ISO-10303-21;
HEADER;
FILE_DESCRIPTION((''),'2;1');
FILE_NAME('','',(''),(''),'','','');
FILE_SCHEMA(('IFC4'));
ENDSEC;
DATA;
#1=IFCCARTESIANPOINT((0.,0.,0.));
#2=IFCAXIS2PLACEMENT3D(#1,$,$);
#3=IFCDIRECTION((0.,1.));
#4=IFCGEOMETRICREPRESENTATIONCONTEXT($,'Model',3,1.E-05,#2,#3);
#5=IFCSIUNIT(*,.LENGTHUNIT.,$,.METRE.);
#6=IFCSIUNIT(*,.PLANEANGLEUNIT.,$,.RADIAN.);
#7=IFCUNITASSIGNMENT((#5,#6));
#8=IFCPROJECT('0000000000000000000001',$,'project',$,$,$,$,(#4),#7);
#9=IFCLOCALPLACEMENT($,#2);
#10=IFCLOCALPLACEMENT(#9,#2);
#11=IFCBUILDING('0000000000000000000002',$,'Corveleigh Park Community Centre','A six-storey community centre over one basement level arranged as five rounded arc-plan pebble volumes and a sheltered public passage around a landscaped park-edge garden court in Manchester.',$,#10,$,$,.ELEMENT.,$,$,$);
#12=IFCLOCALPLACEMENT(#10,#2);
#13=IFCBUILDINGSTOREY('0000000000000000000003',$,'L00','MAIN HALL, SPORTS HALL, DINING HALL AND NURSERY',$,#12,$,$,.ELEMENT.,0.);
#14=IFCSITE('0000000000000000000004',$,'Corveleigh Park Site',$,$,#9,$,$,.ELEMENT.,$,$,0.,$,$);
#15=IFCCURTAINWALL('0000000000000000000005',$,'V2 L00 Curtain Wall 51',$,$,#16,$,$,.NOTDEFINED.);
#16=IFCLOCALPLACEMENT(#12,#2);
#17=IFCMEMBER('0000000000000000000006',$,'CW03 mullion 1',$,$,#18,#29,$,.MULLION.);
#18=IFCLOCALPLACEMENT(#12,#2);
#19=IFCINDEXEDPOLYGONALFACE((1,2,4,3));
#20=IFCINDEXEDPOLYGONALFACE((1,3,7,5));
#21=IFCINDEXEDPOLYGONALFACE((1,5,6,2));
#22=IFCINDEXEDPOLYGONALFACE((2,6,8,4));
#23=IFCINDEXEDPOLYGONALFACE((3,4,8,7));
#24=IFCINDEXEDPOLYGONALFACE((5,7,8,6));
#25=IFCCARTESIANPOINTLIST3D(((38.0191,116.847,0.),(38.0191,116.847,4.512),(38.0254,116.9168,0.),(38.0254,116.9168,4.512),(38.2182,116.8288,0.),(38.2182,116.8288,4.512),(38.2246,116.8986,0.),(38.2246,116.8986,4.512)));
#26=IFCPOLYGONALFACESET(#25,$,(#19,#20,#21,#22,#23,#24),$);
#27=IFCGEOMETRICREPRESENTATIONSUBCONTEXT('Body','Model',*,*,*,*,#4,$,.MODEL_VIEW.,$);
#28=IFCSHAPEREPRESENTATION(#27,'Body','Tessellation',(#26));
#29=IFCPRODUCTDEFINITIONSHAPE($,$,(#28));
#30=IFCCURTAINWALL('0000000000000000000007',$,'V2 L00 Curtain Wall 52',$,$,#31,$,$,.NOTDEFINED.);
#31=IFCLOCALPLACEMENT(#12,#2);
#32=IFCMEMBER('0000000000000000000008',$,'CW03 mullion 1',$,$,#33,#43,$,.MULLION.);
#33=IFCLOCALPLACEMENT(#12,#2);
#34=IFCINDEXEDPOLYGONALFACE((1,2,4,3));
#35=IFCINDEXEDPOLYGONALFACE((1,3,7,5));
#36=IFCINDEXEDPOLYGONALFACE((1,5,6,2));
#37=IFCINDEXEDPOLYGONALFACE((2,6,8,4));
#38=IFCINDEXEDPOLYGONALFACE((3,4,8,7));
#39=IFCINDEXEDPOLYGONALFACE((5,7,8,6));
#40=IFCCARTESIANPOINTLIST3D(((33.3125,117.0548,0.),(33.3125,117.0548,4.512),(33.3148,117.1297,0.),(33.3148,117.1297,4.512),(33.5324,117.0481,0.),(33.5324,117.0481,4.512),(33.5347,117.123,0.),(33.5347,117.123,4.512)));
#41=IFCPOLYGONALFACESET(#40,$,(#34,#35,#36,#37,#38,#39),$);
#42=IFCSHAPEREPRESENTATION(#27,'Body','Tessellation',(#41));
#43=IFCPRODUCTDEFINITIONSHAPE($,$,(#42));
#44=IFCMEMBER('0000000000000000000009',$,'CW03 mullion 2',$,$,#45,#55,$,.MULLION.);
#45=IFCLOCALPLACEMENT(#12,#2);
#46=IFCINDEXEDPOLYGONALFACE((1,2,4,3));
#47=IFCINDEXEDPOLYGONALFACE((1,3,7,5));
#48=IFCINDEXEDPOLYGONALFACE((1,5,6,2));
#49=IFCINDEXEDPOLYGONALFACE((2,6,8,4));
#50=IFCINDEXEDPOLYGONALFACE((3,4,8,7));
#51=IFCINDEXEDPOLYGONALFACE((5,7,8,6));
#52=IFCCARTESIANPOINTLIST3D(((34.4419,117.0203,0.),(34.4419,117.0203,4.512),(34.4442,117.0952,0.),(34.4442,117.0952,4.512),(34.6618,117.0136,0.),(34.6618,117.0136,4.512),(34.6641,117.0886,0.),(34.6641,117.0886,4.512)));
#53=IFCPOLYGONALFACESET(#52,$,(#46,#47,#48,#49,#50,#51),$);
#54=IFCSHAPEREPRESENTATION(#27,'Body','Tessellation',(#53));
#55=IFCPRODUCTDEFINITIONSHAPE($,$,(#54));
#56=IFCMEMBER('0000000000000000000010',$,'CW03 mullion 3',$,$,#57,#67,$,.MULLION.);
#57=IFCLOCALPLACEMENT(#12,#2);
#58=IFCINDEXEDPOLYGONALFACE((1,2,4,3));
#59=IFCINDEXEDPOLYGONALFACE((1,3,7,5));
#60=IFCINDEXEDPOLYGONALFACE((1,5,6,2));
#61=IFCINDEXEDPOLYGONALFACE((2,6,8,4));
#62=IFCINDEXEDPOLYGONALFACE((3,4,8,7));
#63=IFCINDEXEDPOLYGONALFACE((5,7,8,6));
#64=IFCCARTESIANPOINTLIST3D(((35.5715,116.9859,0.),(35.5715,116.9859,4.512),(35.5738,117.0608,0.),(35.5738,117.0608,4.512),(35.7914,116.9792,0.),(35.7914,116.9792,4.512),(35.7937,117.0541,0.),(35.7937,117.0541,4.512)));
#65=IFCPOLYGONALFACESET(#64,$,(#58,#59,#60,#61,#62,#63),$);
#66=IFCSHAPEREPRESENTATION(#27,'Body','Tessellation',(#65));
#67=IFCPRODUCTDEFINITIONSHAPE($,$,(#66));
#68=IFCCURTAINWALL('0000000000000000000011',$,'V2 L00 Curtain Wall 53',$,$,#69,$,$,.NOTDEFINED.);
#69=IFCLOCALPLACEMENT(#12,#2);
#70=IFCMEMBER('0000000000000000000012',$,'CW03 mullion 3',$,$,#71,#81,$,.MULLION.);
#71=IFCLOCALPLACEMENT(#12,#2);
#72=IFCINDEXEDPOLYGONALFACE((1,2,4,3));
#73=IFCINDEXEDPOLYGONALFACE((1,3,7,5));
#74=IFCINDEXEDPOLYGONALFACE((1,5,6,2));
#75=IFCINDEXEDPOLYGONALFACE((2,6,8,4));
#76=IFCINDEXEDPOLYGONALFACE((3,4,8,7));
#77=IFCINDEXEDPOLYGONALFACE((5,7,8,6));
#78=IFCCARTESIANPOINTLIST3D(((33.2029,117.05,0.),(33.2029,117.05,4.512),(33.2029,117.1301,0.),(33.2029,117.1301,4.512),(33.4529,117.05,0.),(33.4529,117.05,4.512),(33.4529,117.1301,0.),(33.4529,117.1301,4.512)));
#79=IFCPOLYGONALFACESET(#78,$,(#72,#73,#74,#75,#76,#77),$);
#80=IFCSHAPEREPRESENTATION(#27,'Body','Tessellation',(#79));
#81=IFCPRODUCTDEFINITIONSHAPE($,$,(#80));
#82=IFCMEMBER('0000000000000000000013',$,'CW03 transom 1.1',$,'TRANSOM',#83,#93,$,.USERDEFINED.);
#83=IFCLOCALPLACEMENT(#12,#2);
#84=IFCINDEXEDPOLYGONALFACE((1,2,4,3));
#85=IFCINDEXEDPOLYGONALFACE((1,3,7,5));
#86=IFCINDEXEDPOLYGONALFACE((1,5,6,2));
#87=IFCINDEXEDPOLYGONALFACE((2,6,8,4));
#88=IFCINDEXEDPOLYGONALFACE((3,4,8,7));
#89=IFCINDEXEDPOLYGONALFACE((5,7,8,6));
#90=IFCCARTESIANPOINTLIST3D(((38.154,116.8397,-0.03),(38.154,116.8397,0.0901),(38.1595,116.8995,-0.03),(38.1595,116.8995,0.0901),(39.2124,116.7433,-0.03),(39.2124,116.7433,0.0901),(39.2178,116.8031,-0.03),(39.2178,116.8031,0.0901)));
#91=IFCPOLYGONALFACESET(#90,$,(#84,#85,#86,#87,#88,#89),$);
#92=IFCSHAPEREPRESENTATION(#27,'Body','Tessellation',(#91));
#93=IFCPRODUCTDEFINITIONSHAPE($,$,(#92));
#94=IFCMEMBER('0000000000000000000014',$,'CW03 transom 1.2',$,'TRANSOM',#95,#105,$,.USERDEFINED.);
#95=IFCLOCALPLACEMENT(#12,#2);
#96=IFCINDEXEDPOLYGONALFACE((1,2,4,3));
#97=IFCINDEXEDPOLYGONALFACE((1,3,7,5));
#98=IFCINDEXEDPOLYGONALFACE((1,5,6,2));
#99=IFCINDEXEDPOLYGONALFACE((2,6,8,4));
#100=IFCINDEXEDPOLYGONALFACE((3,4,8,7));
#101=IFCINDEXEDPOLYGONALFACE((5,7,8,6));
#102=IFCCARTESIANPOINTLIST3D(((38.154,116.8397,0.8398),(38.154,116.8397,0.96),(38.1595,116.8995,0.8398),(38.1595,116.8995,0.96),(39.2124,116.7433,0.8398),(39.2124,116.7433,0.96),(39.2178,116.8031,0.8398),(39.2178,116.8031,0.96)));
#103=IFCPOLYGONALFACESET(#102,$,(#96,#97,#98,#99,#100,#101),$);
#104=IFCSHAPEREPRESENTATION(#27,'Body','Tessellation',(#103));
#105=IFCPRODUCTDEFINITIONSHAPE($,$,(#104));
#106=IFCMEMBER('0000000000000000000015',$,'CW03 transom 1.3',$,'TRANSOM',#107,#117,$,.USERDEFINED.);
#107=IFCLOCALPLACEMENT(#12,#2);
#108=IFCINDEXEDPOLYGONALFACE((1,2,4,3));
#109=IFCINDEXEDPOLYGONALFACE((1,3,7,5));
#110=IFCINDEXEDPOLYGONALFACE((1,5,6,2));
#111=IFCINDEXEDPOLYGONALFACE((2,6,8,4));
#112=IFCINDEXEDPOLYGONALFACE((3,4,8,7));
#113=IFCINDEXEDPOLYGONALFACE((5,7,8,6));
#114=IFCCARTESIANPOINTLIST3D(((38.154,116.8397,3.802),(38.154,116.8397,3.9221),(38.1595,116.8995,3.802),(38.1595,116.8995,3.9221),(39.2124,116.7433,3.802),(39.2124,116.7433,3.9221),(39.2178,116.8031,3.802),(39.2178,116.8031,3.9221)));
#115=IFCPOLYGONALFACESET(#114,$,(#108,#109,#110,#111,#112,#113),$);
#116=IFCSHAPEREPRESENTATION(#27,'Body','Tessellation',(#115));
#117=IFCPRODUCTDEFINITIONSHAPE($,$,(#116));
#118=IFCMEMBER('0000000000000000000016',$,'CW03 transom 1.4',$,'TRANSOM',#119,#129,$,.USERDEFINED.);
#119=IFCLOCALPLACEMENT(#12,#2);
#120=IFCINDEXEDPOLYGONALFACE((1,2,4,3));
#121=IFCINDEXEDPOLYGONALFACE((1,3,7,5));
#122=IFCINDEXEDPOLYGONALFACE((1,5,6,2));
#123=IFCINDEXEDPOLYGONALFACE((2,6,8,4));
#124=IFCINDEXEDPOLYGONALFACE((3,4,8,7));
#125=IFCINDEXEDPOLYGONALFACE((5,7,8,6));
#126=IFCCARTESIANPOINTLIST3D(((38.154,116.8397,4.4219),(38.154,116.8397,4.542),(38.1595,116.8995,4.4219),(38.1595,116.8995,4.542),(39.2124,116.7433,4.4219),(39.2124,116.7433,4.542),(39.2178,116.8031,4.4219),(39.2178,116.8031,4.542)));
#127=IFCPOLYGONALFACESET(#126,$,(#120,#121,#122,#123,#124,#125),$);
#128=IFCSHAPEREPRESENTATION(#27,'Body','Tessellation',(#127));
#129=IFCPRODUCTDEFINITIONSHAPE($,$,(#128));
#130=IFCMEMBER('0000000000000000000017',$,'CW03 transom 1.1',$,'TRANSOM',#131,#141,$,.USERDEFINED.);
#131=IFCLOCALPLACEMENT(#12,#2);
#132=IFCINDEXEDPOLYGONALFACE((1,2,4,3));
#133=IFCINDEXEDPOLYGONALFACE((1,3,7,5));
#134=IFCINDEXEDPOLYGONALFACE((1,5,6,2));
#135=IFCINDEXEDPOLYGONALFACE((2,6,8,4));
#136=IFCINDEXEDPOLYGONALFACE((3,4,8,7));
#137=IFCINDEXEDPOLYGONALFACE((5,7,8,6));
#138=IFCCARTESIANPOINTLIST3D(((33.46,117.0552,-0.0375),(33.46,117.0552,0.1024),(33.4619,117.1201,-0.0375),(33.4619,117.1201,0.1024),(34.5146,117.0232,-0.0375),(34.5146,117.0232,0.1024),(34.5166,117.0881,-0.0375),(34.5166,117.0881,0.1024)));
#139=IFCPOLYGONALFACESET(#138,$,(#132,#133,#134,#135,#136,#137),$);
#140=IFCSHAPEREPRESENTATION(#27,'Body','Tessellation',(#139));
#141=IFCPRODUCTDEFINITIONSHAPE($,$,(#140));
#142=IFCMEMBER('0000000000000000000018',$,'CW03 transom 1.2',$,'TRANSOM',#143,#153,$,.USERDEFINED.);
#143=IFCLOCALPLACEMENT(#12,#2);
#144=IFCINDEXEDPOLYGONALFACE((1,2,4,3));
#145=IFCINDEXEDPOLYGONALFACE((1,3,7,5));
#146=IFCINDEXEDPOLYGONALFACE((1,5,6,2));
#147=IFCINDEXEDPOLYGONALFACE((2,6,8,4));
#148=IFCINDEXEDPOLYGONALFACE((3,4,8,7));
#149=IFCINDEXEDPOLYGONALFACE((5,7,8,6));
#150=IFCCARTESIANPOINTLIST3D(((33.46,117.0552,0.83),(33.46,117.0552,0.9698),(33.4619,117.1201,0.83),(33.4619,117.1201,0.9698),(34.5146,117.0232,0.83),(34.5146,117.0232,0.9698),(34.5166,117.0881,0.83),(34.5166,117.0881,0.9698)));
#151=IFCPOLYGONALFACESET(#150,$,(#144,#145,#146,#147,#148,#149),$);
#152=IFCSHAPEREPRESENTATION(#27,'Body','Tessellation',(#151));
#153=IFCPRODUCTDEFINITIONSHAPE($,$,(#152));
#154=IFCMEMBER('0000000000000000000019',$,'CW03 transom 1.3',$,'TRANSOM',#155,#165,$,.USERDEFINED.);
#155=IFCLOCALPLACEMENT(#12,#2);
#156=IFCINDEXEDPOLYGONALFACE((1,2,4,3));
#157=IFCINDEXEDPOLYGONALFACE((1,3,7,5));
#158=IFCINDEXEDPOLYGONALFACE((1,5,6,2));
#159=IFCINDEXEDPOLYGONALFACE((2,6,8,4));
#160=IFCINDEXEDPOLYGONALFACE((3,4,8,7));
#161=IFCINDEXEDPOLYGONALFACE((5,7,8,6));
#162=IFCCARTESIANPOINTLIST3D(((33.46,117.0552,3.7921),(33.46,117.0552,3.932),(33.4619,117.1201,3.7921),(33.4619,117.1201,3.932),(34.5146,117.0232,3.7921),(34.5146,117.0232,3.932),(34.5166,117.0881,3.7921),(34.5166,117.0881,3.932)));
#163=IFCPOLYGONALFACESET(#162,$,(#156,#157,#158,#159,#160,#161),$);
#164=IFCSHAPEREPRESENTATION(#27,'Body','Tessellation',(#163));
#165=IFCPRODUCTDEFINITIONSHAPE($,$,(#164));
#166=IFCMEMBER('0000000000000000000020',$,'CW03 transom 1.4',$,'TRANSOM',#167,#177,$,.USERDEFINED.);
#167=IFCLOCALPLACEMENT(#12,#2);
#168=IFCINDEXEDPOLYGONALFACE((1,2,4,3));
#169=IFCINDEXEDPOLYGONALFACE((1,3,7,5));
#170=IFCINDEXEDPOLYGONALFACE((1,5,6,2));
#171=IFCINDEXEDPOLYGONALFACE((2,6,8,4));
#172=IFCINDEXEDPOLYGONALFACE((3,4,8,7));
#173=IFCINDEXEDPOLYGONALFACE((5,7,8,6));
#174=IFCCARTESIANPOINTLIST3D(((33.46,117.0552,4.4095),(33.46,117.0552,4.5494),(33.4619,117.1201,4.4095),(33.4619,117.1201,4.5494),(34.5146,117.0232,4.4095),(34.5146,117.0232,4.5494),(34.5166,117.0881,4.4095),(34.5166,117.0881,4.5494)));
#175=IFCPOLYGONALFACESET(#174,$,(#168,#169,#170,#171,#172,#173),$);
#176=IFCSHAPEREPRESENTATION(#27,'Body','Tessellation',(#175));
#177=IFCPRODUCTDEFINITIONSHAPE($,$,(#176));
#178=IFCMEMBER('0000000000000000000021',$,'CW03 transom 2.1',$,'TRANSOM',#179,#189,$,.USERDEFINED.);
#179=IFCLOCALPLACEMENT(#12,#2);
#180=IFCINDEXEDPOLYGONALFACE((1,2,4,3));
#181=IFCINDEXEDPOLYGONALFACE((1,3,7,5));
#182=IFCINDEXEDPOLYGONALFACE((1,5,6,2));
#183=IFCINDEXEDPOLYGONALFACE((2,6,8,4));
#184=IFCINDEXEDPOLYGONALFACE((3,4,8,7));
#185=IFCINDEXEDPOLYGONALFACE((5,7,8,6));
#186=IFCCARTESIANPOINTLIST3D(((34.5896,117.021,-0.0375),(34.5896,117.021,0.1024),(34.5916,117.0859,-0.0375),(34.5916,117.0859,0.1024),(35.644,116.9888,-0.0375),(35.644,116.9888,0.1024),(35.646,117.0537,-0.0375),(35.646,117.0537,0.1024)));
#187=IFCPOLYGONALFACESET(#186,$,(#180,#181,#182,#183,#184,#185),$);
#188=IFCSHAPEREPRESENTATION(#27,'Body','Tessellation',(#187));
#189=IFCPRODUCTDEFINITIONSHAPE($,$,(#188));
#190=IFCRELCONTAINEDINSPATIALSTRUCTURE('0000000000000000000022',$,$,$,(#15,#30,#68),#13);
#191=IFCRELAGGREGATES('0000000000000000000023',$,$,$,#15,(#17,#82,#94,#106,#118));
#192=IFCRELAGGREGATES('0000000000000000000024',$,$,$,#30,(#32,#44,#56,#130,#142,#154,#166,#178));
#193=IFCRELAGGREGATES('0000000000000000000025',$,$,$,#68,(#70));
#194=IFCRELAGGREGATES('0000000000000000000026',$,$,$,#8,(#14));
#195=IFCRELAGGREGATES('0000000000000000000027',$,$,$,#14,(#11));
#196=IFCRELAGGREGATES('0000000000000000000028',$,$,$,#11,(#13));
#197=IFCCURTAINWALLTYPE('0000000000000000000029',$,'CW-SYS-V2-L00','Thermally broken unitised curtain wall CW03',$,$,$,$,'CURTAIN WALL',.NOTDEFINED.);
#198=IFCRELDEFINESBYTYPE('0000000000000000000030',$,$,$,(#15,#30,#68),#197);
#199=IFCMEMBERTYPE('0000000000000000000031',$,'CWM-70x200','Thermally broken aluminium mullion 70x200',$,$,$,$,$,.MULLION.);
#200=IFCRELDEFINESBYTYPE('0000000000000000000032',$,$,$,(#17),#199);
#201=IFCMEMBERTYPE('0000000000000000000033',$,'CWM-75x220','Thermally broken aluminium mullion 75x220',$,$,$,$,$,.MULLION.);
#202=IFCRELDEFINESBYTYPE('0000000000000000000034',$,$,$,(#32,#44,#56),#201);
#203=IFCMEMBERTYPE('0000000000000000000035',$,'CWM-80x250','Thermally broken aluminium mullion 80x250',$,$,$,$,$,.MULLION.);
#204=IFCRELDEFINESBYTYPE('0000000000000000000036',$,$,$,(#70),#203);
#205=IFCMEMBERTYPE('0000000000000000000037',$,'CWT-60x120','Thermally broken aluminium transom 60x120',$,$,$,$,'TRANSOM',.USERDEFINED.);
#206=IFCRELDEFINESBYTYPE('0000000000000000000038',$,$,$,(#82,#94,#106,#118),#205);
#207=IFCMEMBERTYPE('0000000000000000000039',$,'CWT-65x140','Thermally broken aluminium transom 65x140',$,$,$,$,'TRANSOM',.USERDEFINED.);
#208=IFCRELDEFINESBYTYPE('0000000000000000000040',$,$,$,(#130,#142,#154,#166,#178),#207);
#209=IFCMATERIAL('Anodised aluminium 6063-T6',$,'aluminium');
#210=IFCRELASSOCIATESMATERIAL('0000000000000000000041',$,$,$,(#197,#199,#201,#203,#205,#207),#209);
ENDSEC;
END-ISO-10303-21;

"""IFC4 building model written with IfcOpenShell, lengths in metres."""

from ifc_helpers import new_model, si_unit, direction, frame, origin, origin_2d, place, context, subcontext, project, spatial, rectangle, extrude, material, material_profile, profile_set, type_object, element, aggregate, save


model = new_model("IFC4")

# Units and contexts
model_context = context("Model", 3, precision=1e-05, world=origin(), true_north=direction((0.0, 1.0)))
body_context = subcontext(model_context, "Body", "Model", "MODEL_VIEW")
ifc_project = project(units=[si_unit("LENGTHUNIT", "METRE"), si_unit("PLANEANGLEUNIT", "RADIAN")], contexts=[model_context])

# Site, building, storey
site_placement = place(None, origin())
site = spatial("IfcSite", under=ifc_project, at=site_placement, Name="Corveleigh Park Site", CompositionType="ELEMENT", RefElevation=0.0)
building_placement = place(site_placement, origin())
building = spatial("IfcBuilding", under=site, at=building_placement, Name="Corveleigh Park Community Centre", Description="A six-storey community centre over one basement level arranged as five rounded arc-plan pebble volumes and a sheltered public passage around a landscaped park-edge garden court in Manchester.", CompositionType="ELEMENT")
storey_placement = place(building_placement, origin())
storey = spatial("IfcBuildingStorey", under=building, at=storey_placement, Name="L00", Description="MAIN HALL, SPORTS HALL, DINING HALL AND NURSERY", CompositionType="ELEMENT", Elevation=0.0)

# Curtain wall, member
ifc_material_1 = material(Name="Anodised aluminium 6063-T6", Category="aluminium")
curtain_wall_type = type_object("IfcCurtainWallType", Name="CW-SYS-V2-L00", Description="Thermally broken unitised curtain wall CW03", ElementType="CURTAIN WALL", PredefinedType="NOTDEFINED", material=ifc_material_1)
curtain_wall_1_placement = place(storey_placement, origin())
curtain_wall_1 = element("IfcCurtainWall", 1, at=curtain_wall_1_placement, inside=storey, type_object=curtain_wall_type, Name="V2 L00 Curtain Wall 51", PredefinedType="NOTDEFINED")
ifc_material_profile_1 = material_profile(ifc_material_1, rectangle(XDim=0.0701, YDim=0.2, at=origin_2d()), Name="ALU-M70x200", Category="aluminium")
ifc_profile_set_1 = profile_set([ifc_material_profile_1], Name="Anodised aluminium 6063-T6")
member_type_1 = type_object("IfcMemberType", Name="CWM-70x200", Description="Thermally broken aluminium mullion 70x200", PredefinedType="MULLION", material=ifc_profile_set_1)
member_1_placement = place(storey_placement, frame((38.1218, 116.8728, 0.0), z_axis=(0.0, 0.0, 1.0), x_axis=(0.090767, 0.995872, 0.0)))
member_1 = element("IfcMember", 2, at=member_1_placement, type_object=member_type_1, Name="CW03 mullion 1", PredefinedType="MULLION", context=body_context, shape_type="SweptSolid", body=[
    extrude(rectangle(XDim=0.0701, YDim=0.2, at=origin_2d()), origin(), (0.0, 0.0, 1.0), 4.512),
])

# Curtain wall, members
curtain_wall_2_placement = place(storey_placement, origin())
curtain_wall_2 = element("IfcCurtainWall", 3, at=curtain_wall_2_placement, inside=storey, type_object=curtain_wall_type, Name="V2 L00 Curtain Wall 52", PredefinedType="NOTDEFINED")
ifc_material_profile_2 = material_profile(ifc_material_1, rectangle(XDim=0.075, YDim=0.22, at=origin_2d()), Name="ALU-M75x220", Category="aluminium")
ifc_profile_set_2 = profile_set([ifc_material_profile_2], Name="Anodised aluminium 6063-T6")
member_type_2 = type_object("IfcMemberType", Name="CWM-75x220", Description="Thermally broken aluminium mullion 75x220", PredefinedType="MULLION", material=ifc_profile_set_2)
member_2_placement = place(storey_placement, frame((33.4236, 117.0889, 0.0), z_axis=(0.0, 0.0, 1.0), x_axis=(0.030406, 0.999538, 0.0)))
member_2 = element("IfcMember", 4, at=member_2_placement, type_object=member_type_2, Name="CW03 mullion 1", PredefinedType="MULLION", context=body_context, shape_type="SweptSolid", body=[
    extrude(rectangle(XDim=0.075, YDim=0.22, at=origin_2d()), origin(), (0.0, 0.0, 1.0), 4.512),
])
member_3_placement = place(storey_placement, frame((34.553, 117.0544, 0.0), z_axis=(0.0, 0.0, 1.0), x_axis=(0.030406, 0.999538, 0.0)))
member_3 = element("IfcMember", 5, at=member_3_placement, type_object=member_type_2, Name="CW03 mullion 2", PredefinedType="MULLION", context=body_context, shape_type="SweptSolid", body=[
    extrude(rectangle(XDim=0.075, YDim=0.22, at=origin_2d()), origin(), (0.0, 0.0, 1.0), 4.512),
])
member_4_placement = place(storey_placement, frame((35.6826, 117.02, 0.0), z_axis=(0.0, 0.0, 1.0), x_axis=(0.030406, 0.999538, 0.0)))
member_4 = element("IfcMember", 6, at=member_4_placement, type_object=member_type_2, Name="CW03 mullion 3", PredefinedType="MULLION", context=body_context, shape_type="SweptSolid", body=[
    extrude(rectangle(XDim=0.075, YDim=0.22, at=origin_2d()), origin(), (0.0, 0.0, 1.0), 4.512),
])

# Curtain wall, member
curtain_wall_3_placement = place(storey_placement, origin())
curtain_wall_3 = element("IfcCurtainWall", 7, at=curtain_wall_3_placement, inside=storey, type_object=curtain_wall_type, Name="V2 L00 Curtain Wall 53", PredefinedType="NOTDEFINED")
ifc_material_profile_3 = material_profile(ifc_material_1, rectangle(XDim=0.0801, YDim=0.25, at=origin_2d()), Name="ALU-M80x250", Category="aluminium")
ifc_profile_set_3 = profile_set([ifc_material_profile_3], Name="Anodised aluminium 6063-T6")
member_type_3 = type_object("IfcMemberType", Name="CWM-80x250", Description="Thermally broken aluminium mullion 80x250", PredefinedType="MULLION", material=ifc_profile_set_3)
member_5_placement = place(storey_placement, frame((33.3279, 117.0901, 0.0), z_axis=(0.0, 0.0, 1.0), x_axis=(0.0, 1.0, 0.0)))
member_5 = element("IfcMember", 8, at=member_5_placement, type_object=member_type_3, Name="CW03 mullion 3", PredefinedType="MULLION", context=body_context, shape_type="SweptSolid", body=[
    extrude(rectangle(XDim=0.0801, YDim=0.25, at=origin_2d()), origin(), (0.0, 0.0, 1.0), 4.512),
])

# Members
ifc_material_profile_4 = material_profile(ifc_material_1, rectangle(XDim=0.0601, YDim=0.1201, at=origin_2d()), Name="ALU-T60x120", Category="aluminium")
ifc_profile_set_4 = profile_set([ifc_material_profile_4], Name="Anodised aluminium 6063-T6")
member_type_4 = type_object("IfcMemberType", Name="CWT-60x120", Description="Thermally broken aluminium transom 60x120", ElementType="TRANSOM", PredefinedType="USERDEFINED", material=ifc_profile_set_4)
member_6_placement = place(storey_placement, frame((38.1567, 116.8696, 0.03), z_axis=(0.995874, -0.090743, 0.0), x_axis=(0.090743, 0.995874, 0.0)))
member_6 = element("IfcMember", 9, at=member_6_placement, type_object=member_type_4, Name="CW03 transom 1.1", ObjectType="TRANSOM", PredefinedType="USERDEFINED", context=body_context, shape_type="SweptSolid", body=[
    extrude(rectangle(XDim=0.0601, YDim=0.1201, at=origin_2d()), origin(), (0.0, 0.0, 1.0), 1.0627),
])
member_7_placement = place(storey_placement, frame((38.1567, 116.8696, 0.8999), z_axis=(0.995874, -0.090743, 0.0), x_axis=(0.090743, 0.995874, 0.0)))
member_7 = element("IfcMember", 10, at=member_7_placement, type_object=member_type_4, Name="CW03 transom 1.2", ObjectType="TRANSOM", PredefinedType="USERDEFINED", context=body_context, shape_type="SweptSolid", body=[
    extrude(rectangle(XDim=0.0601, YDim=0.1201, at=origin_2d()), origin(), (0.0, 0.0, 1.0), 1.0627),
])
member_8_placement = place(storey_placement, frame((38.1567, 116.8696, 3.8621), z_axis=(0.995874, -0.090743, 0.0), x_axis=(0.090743, 0.995874, 0.0)))
member_8 = element("IfcMember", 11, at=member_8_placement, type_object=member_type_4, Name="CW03 transom 1.3", ObjectType="TRANSOM", PredefinedType="USERDEFINED", context=body_context, shape_type="SweptSolid", body=[
    extrude(rectangle(XDim=0.0601, YDim=0.1201, at=origin_2d()), origin(), (0.0, 0.0, 1.0), 1.0627),
])
member_9_placement = place(storey_placement, frame((38.1567, 116.8696, 4.4819), z_axis=(0.995874, -0.090743, 0.0), x_axis=(0.090743, 0.995874, 0.0)))
member_9 = element("IfcMember", 12, at=member_9_placement, type_object=member_type_4, Name="CW03 transom 1.4", ObjectType="TRANSOM", PredefinedType="USERDEFINED", context=body_context, shape_type="SweptSolid", body=[
    extrude(rectangle(XDim=0.0601, YDim=0.1201, at=origin_2d()), origin(), (0.0, 0.0, 1.0), 1.0627),
])
ifc_material_profile_5 = material_profile(ifc_material_1, rectangle(XDim=0.0649, YDim=0.1399, at=origin_2d()), Name="ALU-T65x140", Category="aluminium")
ifc_profile_set_5 = profile_set([ifc_material_profile_5], Name="Anodised aluminium 6063-T6")
member_type_5 = type_object("IfcMemberType", Name="CWT-65x140", Description="Thermally broken aluminium transom 65x140", ElementType="TRANSOM", PredefinedType="USERDEFINED", material=ifc_profile_set_5)
member_10_placement = place(storey_placement, frame((33.4609, 117.0876, 0.0325), z_axis=(0.999541, -0.03031, 0.0), x_axis=(0.03031, 0.999541, 0.0)))
member_10 = element("IfcMember", 13, at=member_10_placement, type_object=member_type_5, Name="CW03 transom 1.1", ObjectType="TRANSOM", PredefinedType="USERDEFINED", context=body_context, shape_type="SweptSolid", body=[
    extrude(rectangle(XDim=0.0649, YDim=0.1399, at=origin_2d()), origin(), (0.0, 0.0, 1.0), 1.0552),
])
member_11_placement = place(storey_placement, frame((33.4609, 117.0876, 0.8999), z_axis=(0.999541, -0.03031, 0.0), x_axis=(0.03031, 0.999541, 0.0)))
member_11 = element("IfcMember", 14, at=member_11_placement, type_object=member_type_5, Name="CW03 transom 1.2", ObjectType="TRANSOM", PredefinedType="USERDEFINED", context=body_context, shape_type="SweptSolid", body=[
    extrude(rectangle(XDim=0.0649, YDim=0.1399, at=origin_2d()), origin(), (0.0, 0.0, 1.0), 1.0552),
])
member_12_placement = place(storey_placement, frame((33.4609, 117.0876, 3.8621), z_axis=(0.999541, -0.03031, 0.0), x_axis=(0.03031, 0.999541, 0.0)))
member_12 = element("IfcMember", 15, at=member_12_placement, type_object=member_type_5, Name="CW03 transom 1.3", ObjectType="TRANSOM", PredefinedType="USERDEFINED", context=body_context, shape_type="SweptSolid", body=[
    extrude(rectangle(XDim=0.0649, YDim=0.1399, at=origin_2d()), origin(), (0.0, 0.0, 1.0), 1.0552),
])
member_13_placement = place(storey_placement, frame((33.4609, 117.0876, 4.4795), z_axis=(0.999541, -0.03031, 0.0), x_axis=(0.03031, 0.999541, 0.0)))
member_13 = element("IfcMember", 16, at=member_13_placement, type_object=member_type_5, Name="CW03 transom 1.4", ObjectType="TRANSOM", PredefinedType="USERDEFINED", context=body_context, shape_type="SweptSolid", body=[
    extrude(rectangle(XDim=0.0649, YDim=0.1399, at=origin_2d()), origin(), (0.0, 0.0, 1.0), 1.0552),
])
member_14_placement = place(storey_placement, frame((34.5906, 117.0535, 0.0325), z_axis=(0.999533, -0.030548, 0.0), x_axis=(0.030548, 0.999533, 0.0)))
member_14 = element("IfcMember", 17, at=member_14_placement, type_object=member_type_5, Name="CW03 transom 2.1", ObjectType="TRANSOM", PredefinedType="USERDEFINED", context=body_context, shape_type="SweptSolid", body=[
    extrude(rectangle(XDim=0.0649, YDim=0.1399, at=origin_2d()), origin(), (0.0, 0.0, 1.0), 1.0549),
])

aggregate(curtain_wall_1, [member_1, member_6, member_7, member_8, member_9])
aggregate(curtain_wall_2, [member_2, member_3, member_4, member_10, member_11, member_12, member_13, member_14])
aggregate(curtain_wall_3, [member_5])

save(model, "model.ifc")
